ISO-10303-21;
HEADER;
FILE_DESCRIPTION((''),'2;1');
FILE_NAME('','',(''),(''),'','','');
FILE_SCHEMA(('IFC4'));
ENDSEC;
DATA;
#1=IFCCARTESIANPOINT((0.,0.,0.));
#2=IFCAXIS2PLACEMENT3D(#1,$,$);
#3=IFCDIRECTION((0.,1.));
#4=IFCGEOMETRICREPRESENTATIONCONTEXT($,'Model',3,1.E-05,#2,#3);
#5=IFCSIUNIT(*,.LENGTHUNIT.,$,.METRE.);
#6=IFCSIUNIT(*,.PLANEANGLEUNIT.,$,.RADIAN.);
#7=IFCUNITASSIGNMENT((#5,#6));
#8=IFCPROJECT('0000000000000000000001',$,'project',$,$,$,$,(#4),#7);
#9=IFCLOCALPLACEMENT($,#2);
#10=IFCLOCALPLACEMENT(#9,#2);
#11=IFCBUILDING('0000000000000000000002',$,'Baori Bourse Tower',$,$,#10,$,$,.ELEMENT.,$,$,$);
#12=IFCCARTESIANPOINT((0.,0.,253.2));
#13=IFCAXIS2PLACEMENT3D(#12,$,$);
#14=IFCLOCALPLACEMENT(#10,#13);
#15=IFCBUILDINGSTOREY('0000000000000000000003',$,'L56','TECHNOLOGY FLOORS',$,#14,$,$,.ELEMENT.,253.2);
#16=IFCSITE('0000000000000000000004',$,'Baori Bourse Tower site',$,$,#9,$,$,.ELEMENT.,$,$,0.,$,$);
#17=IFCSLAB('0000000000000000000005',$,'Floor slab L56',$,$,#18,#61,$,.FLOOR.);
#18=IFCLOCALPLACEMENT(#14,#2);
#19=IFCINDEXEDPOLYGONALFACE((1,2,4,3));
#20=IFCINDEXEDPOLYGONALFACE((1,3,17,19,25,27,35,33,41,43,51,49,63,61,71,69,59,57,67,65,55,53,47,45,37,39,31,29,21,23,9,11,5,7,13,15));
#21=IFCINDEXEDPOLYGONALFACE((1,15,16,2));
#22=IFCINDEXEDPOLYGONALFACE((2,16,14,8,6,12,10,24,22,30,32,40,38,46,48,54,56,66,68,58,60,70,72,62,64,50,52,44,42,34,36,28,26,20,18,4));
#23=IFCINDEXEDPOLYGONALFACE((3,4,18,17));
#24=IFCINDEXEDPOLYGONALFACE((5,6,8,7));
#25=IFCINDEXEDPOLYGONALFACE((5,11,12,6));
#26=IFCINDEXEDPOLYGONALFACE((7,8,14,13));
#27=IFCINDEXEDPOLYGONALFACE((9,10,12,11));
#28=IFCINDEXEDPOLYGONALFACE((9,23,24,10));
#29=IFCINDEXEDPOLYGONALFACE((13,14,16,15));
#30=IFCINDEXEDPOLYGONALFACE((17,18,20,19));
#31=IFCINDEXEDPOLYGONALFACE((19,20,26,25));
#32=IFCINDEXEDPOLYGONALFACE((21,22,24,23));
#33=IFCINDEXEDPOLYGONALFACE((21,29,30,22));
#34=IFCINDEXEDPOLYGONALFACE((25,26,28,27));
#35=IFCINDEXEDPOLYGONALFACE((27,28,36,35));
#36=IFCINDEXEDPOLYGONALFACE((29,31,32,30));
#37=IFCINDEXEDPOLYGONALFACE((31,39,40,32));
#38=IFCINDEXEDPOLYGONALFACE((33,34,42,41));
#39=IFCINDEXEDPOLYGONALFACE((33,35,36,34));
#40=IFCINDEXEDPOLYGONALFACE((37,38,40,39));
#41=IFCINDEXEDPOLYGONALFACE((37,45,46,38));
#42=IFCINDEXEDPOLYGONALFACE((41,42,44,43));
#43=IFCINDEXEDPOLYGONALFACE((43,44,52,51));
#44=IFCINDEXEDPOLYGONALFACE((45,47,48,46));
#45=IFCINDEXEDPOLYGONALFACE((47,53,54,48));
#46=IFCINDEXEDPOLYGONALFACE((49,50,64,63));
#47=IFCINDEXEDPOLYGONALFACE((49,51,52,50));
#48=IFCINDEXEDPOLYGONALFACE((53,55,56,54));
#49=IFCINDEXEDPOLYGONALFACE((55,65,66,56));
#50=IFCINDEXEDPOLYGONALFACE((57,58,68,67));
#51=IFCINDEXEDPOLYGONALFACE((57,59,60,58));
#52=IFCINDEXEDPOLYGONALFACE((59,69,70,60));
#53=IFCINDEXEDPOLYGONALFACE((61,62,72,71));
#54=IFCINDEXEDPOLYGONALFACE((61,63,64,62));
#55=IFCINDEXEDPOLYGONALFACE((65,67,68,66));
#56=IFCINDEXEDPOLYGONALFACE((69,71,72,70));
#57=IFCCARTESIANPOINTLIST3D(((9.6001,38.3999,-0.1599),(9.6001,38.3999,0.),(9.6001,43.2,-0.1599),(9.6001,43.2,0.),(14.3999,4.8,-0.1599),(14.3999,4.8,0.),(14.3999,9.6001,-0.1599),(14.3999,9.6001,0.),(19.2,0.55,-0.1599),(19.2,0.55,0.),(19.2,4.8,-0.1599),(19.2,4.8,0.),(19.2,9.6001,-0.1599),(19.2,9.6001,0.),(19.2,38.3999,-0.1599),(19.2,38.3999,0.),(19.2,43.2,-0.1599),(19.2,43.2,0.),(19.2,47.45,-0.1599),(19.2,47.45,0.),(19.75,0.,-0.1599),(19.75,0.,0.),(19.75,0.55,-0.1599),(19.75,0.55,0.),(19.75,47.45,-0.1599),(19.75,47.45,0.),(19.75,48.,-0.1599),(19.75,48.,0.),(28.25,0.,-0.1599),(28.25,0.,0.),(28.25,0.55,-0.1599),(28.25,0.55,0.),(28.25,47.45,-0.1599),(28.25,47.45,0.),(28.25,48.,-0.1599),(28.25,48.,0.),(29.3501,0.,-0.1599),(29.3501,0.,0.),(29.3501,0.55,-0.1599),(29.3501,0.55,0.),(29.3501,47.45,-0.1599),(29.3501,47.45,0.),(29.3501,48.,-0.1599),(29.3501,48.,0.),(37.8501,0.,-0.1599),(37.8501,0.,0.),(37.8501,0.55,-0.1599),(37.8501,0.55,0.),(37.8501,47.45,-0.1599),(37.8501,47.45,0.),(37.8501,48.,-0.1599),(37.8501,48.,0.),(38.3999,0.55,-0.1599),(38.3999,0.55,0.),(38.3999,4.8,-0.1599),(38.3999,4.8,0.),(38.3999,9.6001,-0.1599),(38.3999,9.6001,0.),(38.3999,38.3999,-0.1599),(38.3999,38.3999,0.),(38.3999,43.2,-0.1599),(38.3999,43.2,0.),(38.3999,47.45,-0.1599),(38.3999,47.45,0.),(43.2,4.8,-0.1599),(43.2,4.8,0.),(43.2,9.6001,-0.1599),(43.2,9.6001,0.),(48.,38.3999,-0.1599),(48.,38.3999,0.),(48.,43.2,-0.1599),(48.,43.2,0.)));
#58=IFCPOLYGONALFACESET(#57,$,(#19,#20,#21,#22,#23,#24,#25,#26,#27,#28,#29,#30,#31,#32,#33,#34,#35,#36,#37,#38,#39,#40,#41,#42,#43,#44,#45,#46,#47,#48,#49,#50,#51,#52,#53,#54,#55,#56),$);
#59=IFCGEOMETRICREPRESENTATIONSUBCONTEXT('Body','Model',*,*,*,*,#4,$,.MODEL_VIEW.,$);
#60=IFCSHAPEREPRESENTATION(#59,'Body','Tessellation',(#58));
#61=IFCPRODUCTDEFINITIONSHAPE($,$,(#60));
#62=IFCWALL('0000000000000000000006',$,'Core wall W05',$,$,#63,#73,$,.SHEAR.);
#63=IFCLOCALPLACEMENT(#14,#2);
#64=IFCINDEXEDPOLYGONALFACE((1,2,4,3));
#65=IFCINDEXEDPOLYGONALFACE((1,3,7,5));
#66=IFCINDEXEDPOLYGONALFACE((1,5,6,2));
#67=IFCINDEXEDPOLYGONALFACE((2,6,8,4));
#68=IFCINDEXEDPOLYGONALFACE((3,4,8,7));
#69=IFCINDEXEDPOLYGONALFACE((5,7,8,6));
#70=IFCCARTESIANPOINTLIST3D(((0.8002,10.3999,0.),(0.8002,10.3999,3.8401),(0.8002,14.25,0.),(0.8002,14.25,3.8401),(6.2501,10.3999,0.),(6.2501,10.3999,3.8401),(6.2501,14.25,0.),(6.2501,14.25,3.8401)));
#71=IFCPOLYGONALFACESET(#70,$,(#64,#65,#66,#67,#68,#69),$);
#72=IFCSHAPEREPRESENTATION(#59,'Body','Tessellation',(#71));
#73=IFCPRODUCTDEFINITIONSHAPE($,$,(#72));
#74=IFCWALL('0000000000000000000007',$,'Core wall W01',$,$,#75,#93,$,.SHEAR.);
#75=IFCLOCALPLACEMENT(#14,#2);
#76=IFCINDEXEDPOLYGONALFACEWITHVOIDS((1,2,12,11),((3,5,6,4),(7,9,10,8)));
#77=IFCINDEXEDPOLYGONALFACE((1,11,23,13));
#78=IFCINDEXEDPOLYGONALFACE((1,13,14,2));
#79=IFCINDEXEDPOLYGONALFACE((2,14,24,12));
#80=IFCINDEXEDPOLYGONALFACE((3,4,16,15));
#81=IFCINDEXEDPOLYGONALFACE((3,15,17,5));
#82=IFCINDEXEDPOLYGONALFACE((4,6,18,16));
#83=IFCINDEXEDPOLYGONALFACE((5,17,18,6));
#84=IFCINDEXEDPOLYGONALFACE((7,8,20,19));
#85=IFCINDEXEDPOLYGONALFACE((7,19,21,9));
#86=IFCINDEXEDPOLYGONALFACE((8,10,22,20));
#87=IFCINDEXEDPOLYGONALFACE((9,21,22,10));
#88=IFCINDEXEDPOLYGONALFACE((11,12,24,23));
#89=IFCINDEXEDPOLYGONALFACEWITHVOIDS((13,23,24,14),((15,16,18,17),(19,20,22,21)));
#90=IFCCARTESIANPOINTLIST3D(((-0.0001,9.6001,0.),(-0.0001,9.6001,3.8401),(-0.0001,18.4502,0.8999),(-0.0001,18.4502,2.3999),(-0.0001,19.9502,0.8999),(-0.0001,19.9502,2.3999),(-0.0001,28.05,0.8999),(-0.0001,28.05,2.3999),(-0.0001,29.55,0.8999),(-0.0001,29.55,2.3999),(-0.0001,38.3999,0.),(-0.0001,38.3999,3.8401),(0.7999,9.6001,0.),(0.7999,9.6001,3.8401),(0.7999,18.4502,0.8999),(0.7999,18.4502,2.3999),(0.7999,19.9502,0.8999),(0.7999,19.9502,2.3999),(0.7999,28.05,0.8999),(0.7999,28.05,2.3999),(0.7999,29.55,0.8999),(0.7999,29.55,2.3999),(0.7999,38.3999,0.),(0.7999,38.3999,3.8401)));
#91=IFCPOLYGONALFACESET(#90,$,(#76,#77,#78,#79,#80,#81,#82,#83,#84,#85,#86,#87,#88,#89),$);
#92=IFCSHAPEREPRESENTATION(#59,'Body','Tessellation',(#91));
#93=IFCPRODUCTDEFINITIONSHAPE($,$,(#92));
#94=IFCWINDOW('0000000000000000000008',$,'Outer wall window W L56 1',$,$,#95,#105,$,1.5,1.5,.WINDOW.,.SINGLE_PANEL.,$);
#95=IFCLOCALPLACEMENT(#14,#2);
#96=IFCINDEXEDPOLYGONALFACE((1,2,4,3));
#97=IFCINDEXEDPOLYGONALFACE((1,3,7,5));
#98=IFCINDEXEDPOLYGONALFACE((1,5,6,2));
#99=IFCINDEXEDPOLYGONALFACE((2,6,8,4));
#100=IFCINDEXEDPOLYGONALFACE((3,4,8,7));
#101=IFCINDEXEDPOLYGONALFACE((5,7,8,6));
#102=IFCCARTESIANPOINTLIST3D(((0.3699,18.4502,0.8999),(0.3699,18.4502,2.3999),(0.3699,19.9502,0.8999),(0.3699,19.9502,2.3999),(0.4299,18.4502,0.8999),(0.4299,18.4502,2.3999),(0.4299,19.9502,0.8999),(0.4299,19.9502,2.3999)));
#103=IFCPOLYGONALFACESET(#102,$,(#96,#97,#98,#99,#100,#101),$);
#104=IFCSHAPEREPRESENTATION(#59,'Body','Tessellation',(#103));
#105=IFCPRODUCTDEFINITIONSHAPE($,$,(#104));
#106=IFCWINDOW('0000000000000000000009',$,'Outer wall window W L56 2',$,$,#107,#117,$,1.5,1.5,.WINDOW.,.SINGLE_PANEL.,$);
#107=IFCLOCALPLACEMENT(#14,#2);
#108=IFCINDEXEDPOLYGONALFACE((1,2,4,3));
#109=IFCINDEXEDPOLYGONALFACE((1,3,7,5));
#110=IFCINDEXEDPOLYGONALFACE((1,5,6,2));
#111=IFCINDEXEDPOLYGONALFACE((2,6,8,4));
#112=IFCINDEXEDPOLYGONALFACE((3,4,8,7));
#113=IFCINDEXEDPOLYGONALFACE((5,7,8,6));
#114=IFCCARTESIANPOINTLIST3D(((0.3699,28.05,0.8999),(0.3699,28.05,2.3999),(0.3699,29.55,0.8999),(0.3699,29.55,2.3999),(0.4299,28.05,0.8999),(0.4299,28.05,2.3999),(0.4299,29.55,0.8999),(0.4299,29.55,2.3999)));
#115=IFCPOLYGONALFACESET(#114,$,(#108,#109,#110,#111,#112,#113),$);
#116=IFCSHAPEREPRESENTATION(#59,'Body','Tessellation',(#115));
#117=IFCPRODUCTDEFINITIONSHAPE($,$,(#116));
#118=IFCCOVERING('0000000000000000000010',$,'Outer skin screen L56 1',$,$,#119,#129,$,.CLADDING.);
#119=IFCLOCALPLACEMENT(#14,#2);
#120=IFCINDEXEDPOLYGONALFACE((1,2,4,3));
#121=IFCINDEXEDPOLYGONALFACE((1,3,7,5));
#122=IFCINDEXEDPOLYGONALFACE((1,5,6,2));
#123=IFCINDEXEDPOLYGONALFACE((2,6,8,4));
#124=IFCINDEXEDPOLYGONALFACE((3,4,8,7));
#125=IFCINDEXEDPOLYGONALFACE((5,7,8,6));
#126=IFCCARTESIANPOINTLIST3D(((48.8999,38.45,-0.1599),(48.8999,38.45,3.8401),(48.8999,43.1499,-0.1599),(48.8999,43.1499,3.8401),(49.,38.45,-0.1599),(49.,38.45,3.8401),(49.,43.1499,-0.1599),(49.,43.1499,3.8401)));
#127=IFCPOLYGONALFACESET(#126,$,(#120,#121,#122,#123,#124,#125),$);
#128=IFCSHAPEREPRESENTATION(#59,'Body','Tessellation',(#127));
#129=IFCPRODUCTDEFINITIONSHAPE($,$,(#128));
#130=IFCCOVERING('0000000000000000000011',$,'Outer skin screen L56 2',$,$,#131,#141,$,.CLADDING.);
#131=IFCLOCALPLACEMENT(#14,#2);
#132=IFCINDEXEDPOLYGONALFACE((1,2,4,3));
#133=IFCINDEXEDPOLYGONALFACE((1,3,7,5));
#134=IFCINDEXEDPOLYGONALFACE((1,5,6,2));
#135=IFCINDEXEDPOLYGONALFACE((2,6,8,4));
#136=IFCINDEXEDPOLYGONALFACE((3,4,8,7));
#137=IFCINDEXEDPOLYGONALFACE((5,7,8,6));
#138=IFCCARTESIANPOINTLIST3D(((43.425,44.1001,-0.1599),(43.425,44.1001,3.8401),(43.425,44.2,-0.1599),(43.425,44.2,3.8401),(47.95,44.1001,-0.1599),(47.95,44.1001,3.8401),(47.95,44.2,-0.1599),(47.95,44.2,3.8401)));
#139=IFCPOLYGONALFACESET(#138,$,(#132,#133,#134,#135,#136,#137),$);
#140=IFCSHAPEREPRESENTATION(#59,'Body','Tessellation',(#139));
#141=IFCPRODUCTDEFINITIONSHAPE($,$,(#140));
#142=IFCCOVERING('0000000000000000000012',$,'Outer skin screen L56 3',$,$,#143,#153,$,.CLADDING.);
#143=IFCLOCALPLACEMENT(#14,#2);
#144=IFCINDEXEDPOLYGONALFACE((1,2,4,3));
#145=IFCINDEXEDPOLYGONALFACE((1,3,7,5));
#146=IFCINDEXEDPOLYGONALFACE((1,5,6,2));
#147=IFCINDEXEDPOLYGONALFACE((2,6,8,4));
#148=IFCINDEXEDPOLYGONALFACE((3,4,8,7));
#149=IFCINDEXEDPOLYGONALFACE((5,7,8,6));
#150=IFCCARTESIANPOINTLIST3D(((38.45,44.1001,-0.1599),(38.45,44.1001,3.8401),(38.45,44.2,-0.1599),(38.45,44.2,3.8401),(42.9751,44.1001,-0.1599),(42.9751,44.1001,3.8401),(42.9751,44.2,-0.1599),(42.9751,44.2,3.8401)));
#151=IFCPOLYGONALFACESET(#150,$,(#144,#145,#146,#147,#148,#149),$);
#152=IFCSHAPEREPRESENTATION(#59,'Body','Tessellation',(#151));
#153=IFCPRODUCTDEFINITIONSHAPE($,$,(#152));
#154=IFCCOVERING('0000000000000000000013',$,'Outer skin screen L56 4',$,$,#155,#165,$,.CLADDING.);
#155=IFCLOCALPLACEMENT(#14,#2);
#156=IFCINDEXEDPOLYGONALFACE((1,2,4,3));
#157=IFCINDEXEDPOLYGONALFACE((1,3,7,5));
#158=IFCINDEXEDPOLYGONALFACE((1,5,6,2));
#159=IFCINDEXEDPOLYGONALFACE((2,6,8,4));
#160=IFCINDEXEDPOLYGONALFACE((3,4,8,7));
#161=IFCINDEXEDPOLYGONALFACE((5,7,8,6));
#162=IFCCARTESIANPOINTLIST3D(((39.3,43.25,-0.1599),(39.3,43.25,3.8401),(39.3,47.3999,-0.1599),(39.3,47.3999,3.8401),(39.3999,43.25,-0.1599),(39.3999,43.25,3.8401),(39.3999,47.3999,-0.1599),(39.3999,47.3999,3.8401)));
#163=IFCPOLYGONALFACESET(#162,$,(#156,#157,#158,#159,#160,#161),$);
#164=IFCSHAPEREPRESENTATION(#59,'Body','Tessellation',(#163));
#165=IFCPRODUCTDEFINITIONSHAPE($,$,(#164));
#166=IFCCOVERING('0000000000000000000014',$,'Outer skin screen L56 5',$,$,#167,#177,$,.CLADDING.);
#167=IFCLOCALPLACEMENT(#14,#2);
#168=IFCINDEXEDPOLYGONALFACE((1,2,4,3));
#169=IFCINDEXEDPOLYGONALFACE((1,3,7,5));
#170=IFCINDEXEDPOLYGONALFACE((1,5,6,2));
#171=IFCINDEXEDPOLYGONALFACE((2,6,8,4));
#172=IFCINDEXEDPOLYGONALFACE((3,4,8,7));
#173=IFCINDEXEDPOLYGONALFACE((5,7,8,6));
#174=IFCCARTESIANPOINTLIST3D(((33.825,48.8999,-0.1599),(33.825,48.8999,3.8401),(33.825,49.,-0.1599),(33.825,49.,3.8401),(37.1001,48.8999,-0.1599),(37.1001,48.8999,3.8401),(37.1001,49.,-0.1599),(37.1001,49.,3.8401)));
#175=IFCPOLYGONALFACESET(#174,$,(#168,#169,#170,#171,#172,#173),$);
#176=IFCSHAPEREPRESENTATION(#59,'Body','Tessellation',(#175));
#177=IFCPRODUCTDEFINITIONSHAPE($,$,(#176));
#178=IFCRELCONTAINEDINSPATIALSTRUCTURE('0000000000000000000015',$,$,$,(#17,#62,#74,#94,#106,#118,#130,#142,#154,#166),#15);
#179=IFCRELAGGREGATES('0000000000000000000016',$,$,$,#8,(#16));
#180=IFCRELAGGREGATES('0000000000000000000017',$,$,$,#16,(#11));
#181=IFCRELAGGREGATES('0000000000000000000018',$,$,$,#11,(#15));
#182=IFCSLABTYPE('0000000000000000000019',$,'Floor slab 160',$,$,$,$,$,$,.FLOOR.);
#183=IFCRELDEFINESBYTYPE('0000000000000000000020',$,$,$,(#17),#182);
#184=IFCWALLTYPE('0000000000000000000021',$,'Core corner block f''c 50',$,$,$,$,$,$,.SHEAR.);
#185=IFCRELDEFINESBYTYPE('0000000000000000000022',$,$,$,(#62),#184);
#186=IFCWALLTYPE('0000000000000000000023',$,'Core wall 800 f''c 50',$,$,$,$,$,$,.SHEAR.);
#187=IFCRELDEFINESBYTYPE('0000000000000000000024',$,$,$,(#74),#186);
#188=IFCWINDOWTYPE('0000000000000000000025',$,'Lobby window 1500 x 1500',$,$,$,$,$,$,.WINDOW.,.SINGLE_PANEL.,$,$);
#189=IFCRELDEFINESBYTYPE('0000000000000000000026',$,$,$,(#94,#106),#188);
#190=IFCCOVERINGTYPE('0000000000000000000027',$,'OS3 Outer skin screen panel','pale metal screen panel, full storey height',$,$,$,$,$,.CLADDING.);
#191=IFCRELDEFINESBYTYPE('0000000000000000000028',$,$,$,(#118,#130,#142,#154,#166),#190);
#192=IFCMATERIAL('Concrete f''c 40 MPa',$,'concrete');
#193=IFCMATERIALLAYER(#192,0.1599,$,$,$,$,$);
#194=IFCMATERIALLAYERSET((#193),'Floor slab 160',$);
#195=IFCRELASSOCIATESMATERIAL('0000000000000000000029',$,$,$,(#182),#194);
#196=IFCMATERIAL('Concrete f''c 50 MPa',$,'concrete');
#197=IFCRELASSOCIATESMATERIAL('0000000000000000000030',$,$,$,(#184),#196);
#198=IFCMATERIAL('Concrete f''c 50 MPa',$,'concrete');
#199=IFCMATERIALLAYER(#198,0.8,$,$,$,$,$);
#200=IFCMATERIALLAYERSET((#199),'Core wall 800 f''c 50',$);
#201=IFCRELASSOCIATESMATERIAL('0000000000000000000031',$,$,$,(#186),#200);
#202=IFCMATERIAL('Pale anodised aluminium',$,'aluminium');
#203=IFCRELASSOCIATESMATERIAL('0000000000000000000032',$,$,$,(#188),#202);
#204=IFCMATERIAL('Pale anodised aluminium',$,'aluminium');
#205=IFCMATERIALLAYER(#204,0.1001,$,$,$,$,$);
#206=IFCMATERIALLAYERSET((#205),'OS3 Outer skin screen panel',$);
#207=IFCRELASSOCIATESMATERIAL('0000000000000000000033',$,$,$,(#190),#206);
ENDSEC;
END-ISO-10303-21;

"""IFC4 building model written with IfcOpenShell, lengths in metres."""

from ifc_helpers import new_model, si_unit, direction, frame, frame_2d, origin, place, context, subcontext, project, spatial, polyline, rectangle, outline, extrude, material, layer, layer_set, type_object, element, fill, save


model = new_model("IFC4")

# Units and contexts
model_context = context("Model", 3, precision=1e-05, world=origin(), true_north=direction((0.0, 1.0)))
body_context = subcontext(model_context, "Body", "Model", "MODEL_VIEW")
ifc_project = project(units=[si_unit("LENGTHUNIT", "METRE"), si_unit("PLANEANGLEUNIT", "RADIAN")], contexts=[model_context])

# Site, building, storey
site_placement = place(None, origin())
site = spatial("IfcSite", under=ifc_project, at=site_placement, Name="Baori Bourse Tower site", CompositionType="ELEMENT", RefElevation=0.0)
building_placement = place(site_placement, origin())
building = spatial("IfcBuilding", under=site, at=building_placement, Name="Baori Bourse Tower", CompositionType="ELEMENT")
storey_placement = place(building_placement, frame((0.0, 0.0, 253.2)))
storey = spatial("IfcBuildingStorey", under=building, at=storey_placement, Name="L56", Description="TECHNOLOGY FLOORS", CompositionType="ELEMENT", Elevation=253.2)

# Slab
ifc_material_1 = material(Name="Concrete f'c 40 MPa", Category="concrete")
ifc_layer_1 = layer(ifc_material_1, 0.1599)
ifc_layer_set_1 = layer_set([ifc_layer_1], Name="Floor slab 160")
slab_type_1 = type_object("IfcSlabType", Name="Floor slab 160", PredefinedType="FLOOR", material=ifc_layer_set_1)
slab_1_placement = place(storey_placement, frame((0.0, 0.0, -0.1599)))
element("IfcSlab", 1, at=slab_1_placement, inside=storey, type_object=slab_type_1, Name="Floor slab L56", PredefinedType="FLOOR", context=body_context, shape_type="SweptSolid", body=[
    extrude(outline(polyline([(19.2, 4.8), (14.3999, 4.8), (14.3999, 9.6001), (19.2, 9.6001), (19.2, 38.3999), (9.6001, 38.3999), (9.6001, 43.2), (19.2, 43.2), (19.2, 47.45), (19.75, 47.45), (19.75, 48.0), (28.25, 48.0), (28.25, 47.45), (29.3501, 47.45), (29.3501, 48.0), (37.8501, 48.0), (37.8501, 47.45), (38.3999, 47.45), (38.3999, 43.2), (48.0, 43.2), (48.0, 38.3999), (38.3999, 38.3999), (38.3999, 9.6001), (43.2, 9.6001), (43.2, 4.8), (38.3999, 4.8), (38.3999, 0.55), (37.8501, 0.55), (37.8501, 0.0), (29.3501, 0.0), (29.3501, 0.55), (28.25, 0.55), (28.25, 0.0), (19.75, 0.0), (19.75, 0.55), (19.2, 0.55), (19.2, 4.8)])), origin(), (0.0, 0.0, 1.0), 0.1599),
])

# Wall
ifc_material_2 = material(Name="Concrete f'c 50 MPa", Category="concrete")
wall_type_1 = type_object("IfcWallType", Name="Core corner block f'c 50", PredefinedType="SHEAR", material=ifc_material_2)
wall_1_placement = place(storey_placement, frame((0.8, 12.325, 0.0), z_axis=(0.0, 0.0, 1.0), x_axis=(1.0, 0.0, 0.0)))
element("IfcWall", 2, at=wall_1_placement, inside=storey, type_object=wall_type_1, Name="Core wall W05", PredefinedType="SHEAR", context=body_context, shape_type="SweptSolid", body=[
    extrude(rectangle(XDim=5.45, YDim=3.8501, at=frame_2d((2.7251, 0.0))), origin(), (0.0, 0.0, 1.0), 3.8401),
])

# Wall, openings, windows
ifc_material_3 = material(Name="Concrete f'c 50 MPa", Category="concrete")
ifc_layer_2 = layer(ifc_material_3, 0.8)
ifc_layer_set_2 = layer_set([ifc_layer_2], Name="Core wall 800 f'c 50")
wall_type_2 = type_object("IfcWallType", Name="Core wall 800 f'c 50", PredefinedType="SHEAR", material=ifc_layer_set_2)
wall_2_placement = place(storey_placement, frame((0.3999, 9.6001, 0.0), z_axis=(0.0, 0.0, 1.0), x_axis=(0.0, 1.0, 0.0)))
wall_2 = element("IfcWall", 3, at=wall_2_placement, inside=storey, type_object=wall_type_2, Name="Core wall W01", PredefinedType="SHEAR", context=body_context, shape_type="SweptSolid", body=[
    extrude(rectangle(XDim=28.7998, YDim=0.8, at=frame_2d((14.3999, 0.0))), origin(), (0.0, 0.0, 1.0), 3.8401),
])
opening_1_placement = place(wall_2_placement, frame((8.8501, 0.0, 0.8999)))
opening_1 = element("IfcOpeningElement", 4, at=opening_1_placement, cuts=wall_2, PredefinedType="OPENING", context=body_context, shape_type="SweptSolid", body=[
    extrude(rectangle(XDim=1.5, YDim=1.5, at=frame_2d((0.75, 0.75))), frame((0.0, 0.4099, 0.0), z_axis=(0.0, -1.0, 0.0), x_axis=(1.0, 0.0, 0.0)), (0.0, 0.0, 1.0), 0.8201),
])
opening_2_placement = place(wall_2_placement, frame((18.45, 0.0, 0.8999)))
opening_2 = element("IfcOpeningElement", 5, at=opening_2_placement, cuts=wall_2, PredefinedType="OPENING", context=body_context, shape_type="SweptSolid", body=[
    extrude(rectangle(XDim=1.5, YDim=1.5, at=frame_2d((0.75, 0.75))), frame((0.0, 0.4099, 0.0), z_axis=(0.0, -1.0, 0.0), x_axis=(1.0, 0.0, 0.0)), (0.0, 0.0, 1.0), 0.8201),
])
ifc_material_4 = material(Name="Pale anodised aluminium", Category="aluminium")
window_type = type_object("IfcWindowType", Name="Lobby window 1500 x 1500", PartitioningType="SINGLE_PANEL", PredefinedType="WINDOW", material=ifc_material_4)
window_1_placement = place(opening_1_placement, origin())
window_1 = element("IfcWindow", 6, at=window_1_placement, inside=storey, type_object=window_type, Name="Outer wall window W L56 1", OverallHeight=1.5, OverallWidth=1.5, PartitioningType="SINGLE_PANEL", PredefinedType="WINDOW", context=body_context, shape_type="SweptSolid", body=[
    extrude(rectangle(XDim=1.5, YDim=1.5, at=frame_2d((0.75, 0.75))), frame((0.0, 0.03, 0.0), z_axis=(0.0, -1.0, 0.0), x_axis=(1.0, 0.0, 0.0)), (0.0, 0.0, 1.0), 0.0601),
])
fill(opening_1, window_1)
window_2_placement = place(opening_2_placement, origin())
window_2 = element("IfcWindow", 7, at=window_2_placement, inside=storey, type_object=window_type, Name="Outer wall window W L56 2", OverallHeight=1.5, OverallWidth=1.5, PartitioningType="SINGLE_PANEL", PredefinedType="WINDOW", context=body_context, shape_type="SweptSolid", body=[
    extrude(rectangle(XDim=1.5, YDim=1.5, at=frame_2d((0.75, 0.75))), frame((0.0, 0.03, 0.0), z_axis=(0.0, -1.0, 0.0), x_axis=(1.0, 0.0, 0.0)), (0.0, 0.0, 1.0), 0.0601),
])
fill(opening_2, window_2)

# Coverings
ifc_material_5 = material(Name="Pale anodised aluminium", Category="aluminium")
ifc_layer_3 = layer(ifc_material_5, 0.1001)
ifc_layer_set_3 = layer_set([ifc_layer_3], Name="OS3 Outer skin screen panel")
covering_type = type_object("IfcCoveringType", Name="OS3 Outer skin screen panel", Description="pale metal screen panel, full storey height", PredefinedType="CLADDING", material=ifc_layer_set_3)
covering_1_placement = place(storey_placement, frame((0.0, 0.0, -0.1599)))
element("IfcCovering", 8, at=covering_1_placement, inside=storey, type_object=covering_type, Name="Outer skin screen L56 1", PredefinedType="CLADDING", context=body_context, shape_type="SweptSolid", body=[
    extrude(outline(polyline([(48.8999, 43.1499), (48.8999, 38.45), (49.0, 38.45), (49.0, 43.1499), (48.8999, 43.1499)])), origin(), (0.0, 0.0, 1.0), 4.0),
])
covering_2_placement = place(storey_placement, frame((0.0, 0.0, -0.1599)))
element("IfcCovering", 9, at=covering_2_placement, inside=storey, type_object=covering_type, Name="Outer skin screen L56 2", PredefinedType="CLADDING", context=body_context, shape_type="SweptSolid", body=[
    extrude(outline(polyline([(43.425, 44.1001), (47.95, 44.1001), (47.95, 44.2), (43.425, 44.2), (43.425, 44.1001)])), origin(), (0.0, 0.0, 1.0), 4.0),
])
covering_3_placement = place(storey_placement, frame((0.0, 0.0, -0.1599)))
element("IfcCovering", 10, at=covering_3_placement, inside=storey, type_object=covering_type, Name="Outer skin screen L56 3", PredefinedType="CLADDING", context=body_context, shape_type="SweptSolid", body=[
    extrude(outline(polyline([(38.45, 44.1001), (42.9751, 44.1001), (42.9751, 44.2), (38.45, 44.2), (38.45, 44.1001)])), origin(), (0.0, 0.0, 1.0), 4.0),
])
covering_4_placement = place(storey_placement, frame((0.0, 0.0, -0.1599)))
element("IfcCovering", 11, at=covering_4_placement, inside=storey, type_object=covering_type, Name="Outer skin screen L56 4", PredefinedType="CLADDING", context=body_context, shape_type="SweptSolid", body=[
    extrude(outline(polyline([(39.3, 47.3999), (39.3, 43.25), (39.3999, 43.25), (39.3999, 47.3999), (39.3, 47.3999)])), origin(), (0.0, 0.0, 1.0), 4.0),
])
covering_5_placement = place(storey_placement, frame((0.0, 0.0, -0.1599)))
element("IfcCovering", 12, at=covering_5_placement, inside=storey, type_object=covering_type, Name="Outer skin screen L56 5", PredefinedType="CLADDING", context=body_context, shape_type="SweptSolid", body=[
    extrude(outline(polyline([(33.825, 48.8999), (37.1001, 48.8999), (37.1001, 49.0), (33.825, 49.0), (33.825, 48.8999)])), origin(), (0.0, 0.0, 1.0), 4.0),
])

save(model, "model.ifc")
